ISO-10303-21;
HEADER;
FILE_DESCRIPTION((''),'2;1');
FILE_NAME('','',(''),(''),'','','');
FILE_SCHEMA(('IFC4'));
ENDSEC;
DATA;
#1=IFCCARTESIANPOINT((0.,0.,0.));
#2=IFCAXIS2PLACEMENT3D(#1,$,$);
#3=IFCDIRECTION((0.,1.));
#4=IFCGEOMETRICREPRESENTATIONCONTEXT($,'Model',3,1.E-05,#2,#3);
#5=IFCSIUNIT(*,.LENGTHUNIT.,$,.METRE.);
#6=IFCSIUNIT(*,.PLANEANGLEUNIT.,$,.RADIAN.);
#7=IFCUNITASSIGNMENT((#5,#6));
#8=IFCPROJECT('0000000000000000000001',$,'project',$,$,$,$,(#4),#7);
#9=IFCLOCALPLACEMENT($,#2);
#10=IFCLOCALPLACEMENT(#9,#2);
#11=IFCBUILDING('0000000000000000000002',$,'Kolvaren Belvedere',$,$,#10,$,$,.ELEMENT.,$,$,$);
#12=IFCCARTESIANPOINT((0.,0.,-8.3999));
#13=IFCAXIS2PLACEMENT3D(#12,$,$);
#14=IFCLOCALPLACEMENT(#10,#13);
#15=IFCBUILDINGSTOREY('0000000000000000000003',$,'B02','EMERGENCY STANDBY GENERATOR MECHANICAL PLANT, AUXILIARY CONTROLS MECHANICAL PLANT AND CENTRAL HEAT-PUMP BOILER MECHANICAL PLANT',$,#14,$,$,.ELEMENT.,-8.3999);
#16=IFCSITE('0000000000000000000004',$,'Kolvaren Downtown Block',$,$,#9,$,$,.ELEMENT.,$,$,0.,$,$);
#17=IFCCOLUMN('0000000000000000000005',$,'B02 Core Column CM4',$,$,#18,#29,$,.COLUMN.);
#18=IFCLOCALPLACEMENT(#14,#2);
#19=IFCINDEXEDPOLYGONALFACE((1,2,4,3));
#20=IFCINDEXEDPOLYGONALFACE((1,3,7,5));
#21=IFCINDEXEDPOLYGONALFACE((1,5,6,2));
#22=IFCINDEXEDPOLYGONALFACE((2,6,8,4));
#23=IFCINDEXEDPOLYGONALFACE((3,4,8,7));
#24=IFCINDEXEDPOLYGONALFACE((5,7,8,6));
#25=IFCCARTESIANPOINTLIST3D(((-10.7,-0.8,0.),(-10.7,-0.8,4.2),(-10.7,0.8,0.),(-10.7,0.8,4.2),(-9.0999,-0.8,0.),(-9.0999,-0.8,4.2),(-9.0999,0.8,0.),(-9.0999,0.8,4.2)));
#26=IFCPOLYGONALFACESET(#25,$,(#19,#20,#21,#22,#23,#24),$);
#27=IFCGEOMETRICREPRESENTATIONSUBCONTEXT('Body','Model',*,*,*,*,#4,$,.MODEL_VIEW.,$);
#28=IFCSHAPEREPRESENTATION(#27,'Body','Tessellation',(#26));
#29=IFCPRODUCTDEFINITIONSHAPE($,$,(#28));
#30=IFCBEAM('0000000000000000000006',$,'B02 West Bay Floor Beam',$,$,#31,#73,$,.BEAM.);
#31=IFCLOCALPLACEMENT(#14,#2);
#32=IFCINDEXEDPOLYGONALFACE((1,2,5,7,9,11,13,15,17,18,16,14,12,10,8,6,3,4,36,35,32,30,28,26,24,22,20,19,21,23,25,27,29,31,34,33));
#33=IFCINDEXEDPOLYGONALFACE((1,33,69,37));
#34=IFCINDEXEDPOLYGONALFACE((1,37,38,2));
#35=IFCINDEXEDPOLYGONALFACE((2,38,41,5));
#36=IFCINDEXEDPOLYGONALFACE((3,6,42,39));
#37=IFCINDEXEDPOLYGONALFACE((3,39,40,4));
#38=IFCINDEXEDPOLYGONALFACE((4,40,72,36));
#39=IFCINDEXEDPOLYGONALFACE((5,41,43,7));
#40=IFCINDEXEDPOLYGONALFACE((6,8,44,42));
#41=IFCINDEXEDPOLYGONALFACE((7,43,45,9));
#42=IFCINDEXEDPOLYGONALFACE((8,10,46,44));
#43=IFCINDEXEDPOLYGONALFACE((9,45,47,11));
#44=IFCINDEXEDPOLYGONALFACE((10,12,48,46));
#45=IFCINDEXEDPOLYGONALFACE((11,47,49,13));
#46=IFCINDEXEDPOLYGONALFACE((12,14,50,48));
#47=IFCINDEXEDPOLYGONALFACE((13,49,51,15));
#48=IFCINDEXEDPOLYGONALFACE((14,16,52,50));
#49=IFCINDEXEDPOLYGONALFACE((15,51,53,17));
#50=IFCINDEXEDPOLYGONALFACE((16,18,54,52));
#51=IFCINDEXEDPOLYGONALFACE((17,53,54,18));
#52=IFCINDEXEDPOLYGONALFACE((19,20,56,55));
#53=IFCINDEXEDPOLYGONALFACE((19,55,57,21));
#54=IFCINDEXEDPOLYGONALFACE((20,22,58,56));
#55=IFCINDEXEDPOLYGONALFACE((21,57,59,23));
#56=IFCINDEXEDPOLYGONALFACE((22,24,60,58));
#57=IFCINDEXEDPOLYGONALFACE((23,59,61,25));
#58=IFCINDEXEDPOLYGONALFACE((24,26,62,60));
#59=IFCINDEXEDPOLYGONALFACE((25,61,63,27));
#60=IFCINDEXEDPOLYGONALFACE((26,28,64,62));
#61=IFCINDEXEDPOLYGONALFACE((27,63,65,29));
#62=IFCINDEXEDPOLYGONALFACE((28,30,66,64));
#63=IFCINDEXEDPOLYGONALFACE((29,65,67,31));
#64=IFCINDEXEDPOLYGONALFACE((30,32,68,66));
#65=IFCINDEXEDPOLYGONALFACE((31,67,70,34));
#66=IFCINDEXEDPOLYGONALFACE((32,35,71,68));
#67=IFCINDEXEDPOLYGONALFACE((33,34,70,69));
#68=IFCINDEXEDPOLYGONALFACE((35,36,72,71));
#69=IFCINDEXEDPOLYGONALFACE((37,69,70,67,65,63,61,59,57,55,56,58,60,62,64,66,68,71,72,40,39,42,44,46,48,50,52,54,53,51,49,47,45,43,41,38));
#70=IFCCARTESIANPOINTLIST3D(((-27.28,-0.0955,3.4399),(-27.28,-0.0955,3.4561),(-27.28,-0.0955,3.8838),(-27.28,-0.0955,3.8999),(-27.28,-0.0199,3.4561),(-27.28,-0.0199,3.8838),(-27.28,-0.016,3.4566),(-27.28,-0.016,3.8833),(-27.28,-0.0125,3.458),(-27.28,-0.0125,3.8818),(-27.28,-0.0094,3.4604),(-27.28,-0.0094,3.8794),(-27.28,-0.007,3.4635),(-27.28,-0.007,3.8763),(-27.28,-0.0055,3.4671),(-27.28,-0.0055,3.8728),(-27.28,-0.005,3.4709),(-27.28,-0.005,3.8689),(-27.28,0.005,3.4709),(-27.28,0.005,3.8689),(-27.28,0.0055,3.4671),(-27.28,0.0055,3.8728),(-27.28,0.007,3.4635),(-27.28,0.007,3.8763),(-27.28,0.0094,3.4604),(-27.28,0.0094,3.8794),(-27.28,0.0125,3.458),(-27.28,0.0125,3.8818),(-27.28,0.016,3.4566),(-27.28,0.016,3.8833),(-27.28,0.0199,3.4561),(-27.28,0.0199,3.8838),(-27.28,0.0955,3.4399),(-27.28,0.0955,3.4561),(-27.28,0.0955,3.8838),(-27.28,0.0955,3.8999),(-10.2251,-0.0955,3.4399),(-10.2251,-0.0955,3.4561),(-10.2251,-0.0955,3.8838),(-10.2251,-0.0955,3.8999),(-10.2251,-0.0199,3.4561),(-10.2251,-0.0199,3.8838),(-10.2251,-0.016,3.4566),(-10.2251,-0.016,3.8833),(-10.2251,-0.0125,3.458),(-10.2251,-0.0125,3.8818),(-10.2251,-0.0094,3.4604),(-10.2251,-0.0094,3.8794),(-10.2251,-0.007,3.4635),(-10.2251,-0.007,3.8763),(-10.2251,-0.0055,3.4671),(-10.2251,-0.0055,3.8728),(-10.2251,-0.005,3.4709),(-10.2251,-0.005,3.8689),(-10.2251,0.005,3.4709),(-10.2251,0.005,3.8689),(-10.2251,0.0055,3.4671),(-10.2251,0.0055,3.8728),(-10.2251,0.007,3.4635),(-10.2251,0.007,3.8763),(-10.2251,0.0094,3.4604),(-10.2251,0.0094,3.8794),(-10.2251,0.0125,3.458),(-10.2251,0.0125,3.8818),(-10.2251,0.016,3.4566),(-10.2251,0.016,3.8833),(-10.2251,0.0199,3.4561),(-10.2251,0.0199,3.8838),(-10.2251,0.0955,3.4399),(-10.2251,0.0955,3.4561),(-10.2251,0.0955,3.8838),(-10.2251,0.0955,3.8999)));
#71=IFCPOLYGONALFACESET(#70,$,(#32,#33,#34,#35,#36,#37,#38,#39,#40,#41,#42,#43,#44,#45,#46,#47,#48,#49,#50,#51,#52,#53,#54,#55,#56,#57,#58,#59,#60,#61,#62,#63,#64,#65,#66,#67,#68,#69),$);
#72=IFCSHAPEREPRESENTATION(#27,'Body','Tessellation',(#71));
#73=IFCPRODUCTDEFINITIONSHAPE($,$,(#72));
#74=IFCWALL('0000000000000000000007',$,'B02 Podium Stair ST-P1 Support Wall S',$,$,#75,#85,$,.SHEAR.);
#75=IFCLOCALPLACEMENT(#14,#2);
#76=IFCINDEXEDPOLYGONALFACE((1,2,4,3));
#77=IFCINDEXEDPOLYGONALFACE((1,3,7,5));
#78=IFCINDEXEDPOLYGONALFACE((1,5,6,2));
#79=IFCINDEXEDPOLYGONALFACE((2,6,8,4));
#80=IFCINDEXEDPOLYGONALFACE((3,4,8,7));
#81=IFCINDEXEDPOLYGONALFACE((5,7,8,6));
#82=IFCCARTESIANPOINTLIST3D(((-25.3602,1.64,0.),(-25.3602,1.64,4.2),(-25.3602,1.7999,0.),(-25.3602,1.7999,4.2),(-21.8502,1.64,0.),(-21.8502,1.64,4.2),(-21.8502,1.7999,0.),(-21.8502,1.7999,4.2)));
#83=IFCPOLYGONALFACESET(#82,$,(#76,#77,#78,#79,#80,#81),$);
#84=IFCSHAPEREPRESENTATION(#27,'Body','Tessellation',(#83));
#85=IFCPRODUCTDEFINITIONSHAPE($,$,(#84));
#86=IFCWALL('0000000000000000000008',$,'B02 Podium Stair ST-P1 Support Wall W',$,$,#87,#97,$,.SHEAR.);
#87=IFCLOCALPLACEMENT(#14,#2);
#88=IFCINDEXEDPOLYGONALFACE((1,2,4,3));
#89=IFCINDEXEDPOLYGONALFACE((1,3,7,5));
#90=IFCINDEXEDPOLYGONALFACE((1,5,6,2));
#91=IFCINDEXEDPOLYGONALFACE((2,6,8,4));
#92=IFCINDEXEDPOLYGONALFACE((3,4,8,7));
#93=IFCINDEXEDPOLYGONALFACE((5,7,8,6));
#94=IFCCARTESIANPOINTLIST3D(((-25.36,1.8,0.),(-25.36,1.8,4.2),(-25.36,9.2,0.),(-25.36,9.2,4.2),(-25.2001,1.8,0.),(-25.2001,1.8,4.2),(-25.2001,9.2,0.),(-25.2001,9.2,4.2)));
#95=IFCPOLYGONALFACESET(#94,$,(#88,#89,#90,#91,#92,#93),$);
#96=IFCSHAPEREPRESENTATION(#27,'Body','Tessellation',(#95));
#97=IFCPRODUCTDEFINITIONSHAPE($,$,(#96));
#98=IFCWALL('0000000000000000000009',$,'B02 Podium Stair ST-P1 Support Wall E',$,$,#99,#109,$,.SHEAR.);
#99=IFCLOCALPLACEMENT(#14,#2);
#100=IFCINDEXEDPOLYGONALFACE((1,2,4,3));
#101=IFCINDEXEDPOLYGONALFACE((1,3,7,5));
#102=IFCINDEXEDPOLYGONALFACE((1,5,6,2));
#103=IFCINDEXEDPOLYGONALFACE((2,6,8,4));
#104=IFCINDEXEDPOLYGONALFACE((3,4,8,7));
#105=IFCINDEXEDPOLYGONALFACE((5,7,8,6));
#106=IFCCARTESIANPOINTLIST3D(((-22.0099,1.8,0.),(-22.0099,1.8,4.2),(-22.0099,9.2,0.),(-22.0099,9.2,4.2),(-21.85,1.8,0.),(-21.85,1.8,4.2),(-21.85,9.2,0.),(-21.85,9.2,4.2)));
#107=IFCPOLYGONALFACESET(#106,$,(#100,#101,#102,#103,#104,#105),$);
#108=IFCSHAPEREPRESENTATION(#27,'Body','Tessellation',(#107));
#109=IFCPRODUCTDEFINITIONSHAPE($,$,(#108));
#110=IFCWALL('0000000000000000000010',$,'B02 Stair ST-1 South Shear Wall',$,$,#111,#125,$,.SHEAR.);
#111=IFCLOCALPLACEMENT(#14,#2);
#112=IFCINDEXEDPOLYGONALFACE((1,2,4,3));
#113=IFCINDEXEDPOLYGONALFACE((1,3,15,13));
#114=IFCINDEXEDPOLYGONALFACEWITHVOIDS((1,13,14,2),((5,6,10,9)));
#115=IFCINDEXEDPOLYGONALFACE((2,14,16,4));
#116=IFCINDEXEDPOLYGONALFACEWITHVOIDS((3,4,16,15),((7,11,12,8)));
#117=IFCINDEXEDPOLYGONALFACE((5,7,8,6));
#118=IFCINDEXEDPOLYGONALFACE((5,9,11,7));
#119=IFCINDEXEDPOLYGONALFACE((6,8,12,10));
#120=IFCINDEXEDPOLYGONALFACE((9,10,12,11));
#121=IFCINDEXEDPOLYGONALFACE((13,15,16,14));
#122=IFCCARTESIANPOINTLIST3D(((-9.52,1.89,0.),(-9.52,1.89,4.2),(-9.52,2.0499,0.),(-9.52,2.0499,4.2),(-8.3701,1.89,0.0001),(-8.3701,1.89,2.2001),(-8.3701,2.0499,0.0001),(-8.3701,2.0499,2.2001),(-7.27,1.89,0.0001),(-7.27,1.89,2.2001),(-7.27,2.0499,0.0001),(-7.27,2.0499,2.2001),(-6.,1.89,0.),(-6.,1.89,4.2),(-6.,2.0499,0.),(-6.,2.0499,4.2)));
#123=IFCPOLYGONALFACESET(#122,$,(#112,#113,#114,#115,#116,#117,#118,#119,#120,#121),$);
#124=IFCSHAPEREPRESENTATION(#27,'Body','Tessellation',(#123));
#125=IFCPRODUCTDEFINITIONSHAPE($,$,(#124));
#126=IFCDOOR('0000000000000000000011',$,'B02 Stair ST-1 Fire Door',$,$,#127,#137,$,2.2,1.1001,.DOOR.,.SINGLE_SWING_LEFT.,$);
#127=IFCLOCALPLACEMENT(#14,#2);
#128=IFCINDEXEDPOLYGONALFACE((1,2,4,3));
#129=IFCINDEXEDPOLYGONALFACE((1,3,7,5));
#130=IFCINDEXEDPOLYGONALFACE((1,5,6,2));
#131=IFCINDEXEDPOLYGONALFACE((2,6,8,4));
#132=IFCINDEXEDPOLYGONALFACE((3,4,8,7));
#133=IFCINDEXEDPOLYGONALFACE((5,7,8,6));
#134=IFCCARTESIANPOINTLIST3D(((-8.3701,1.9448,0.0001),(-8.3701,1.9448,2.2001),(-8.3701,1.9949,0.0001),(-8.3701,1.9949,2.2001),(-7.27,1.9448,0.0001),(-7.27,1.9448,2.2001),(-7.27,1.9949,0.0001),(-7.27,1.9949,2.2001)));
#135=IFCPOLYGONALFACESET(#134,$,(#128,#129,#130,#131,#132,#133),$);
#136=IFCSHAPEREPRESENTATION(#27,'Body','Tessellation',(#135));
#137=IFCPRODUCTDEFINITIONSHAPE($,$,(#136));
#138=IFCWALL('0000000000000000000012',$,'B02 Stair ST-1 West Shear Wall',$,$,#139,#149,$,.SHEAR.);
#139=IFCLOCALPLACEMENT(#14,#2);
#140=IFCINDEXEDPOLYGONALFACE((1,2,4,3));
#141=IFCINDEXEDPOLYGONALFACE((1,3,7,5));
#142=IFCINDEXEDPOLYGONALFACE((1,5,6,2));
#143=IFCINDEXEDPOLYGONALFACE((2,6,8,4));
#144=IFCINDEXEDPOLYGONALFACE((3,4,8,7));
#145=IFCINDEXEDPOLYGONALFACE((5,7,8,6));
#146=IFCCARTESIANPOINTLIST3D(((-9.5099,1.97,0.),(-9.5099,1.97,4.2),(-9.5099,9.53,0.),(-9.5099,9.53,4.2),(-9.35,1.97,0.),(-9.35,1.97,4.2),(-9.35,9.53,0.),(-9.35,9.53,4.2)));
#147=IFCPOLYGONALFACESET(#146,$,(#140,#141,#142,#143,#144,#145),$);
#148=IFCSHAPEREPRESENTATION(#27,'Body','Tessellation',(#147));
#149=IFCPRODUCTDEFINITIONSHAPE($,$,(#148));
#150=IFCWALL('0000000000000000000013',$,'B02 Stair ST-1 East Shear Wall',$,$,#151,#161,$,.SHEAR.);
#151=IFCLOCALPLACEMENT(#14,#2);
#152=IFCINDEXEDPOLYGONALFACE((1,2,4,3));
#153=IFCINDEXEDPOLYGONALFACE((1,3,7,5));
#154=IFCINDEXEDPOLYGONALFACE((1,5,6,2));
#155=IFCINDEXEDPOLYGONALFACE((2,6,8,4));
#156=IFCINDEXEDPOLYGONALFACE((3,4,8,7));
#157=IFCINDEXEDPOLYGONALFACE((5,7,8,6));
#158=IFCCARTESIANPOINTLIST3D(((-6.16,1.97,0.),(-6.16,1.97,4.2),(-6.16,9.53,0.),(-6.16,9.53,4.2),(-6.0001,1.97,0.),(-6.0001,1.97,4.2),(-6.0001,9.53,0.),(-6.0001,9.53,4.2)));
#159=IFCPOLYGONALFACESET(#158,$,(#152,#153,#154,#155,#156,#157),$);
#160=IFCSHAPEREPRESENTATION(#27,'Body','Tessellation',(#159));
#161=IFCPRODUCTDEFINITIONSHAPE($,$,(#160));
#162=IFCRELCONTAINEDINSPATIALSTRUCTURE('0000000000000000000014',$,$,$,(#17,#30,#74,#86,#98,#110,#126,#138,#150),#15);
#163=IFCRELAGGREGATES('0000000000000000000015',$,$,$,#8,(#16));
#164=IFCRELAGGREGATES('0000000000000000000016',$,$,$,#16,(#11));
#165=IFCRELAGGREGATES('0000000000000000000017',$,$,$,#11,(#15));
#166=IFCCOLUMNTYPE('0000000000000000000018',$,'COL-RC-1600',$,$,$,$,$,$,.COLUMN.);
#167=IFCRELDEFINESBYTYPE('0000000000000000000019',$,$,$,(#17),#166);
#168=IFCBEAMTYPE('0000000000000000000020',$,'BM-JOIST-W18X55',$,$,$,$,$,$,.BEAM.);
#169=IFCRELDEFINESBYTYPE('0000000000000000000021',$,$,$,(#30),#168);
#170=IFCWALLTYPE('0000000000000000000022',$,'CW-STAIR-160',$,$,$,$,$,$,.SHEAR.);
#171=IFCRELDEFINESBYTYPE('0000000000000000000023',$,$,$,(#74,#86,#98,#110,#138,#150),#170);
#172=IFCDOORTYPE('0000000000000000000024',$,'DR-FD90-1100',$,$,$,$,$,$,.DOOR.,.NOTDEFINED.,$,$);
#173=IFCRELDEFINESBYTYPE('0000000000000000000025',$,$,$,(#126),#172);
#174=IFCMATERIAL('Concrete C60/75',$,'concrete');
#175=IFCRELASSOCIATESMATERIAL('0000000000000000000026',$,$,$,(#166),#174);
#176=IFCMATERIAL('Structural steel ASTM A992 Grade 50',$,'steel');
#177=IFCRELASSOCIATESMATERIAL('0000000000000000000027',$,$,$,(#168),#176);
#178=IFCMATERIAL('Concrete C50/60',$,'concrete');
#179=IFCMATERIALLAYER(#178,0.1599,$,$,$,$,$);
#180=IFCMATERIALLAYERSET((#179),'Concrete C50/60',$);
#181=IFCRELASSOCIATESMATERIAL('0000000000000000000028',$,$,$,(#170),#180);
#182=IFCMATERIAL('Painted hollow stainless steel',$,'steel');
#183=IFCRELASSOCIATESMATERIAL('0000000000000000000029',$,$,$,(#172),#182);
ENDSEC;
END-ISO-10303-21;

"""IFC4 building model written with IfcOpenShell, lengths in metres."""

from ifc_helpers import new_model, si_unit, direction, frame, frame_2d, origin, origin_2d, place, context, subcontext, project, spatial, rectangle, i_section, extrude, material, layer, layer_set, material_profile, profile_set, type_object, element, fill, save


model = new_model("IFC4")

# Units and contexts
model_context = context("Model", 3, precision=1e-05, world=origin(), true_north=direction((0.0, 1.0)))
body_context = subcontext(model_context, "Body", "Model", "MODEL_VIEW")
ifc_project = project(units=[si_unit("LENGTHUNIT", "METRE"), si_unit("PLANEANGLEUNIT", "RADIAN")], contexts=[model_context])

# Site, building, storey
site_placement = place(None, origin())
site = spatial("IfcSite", under=ifc_project, at=site_placement, Name="Kolvaren Downtown Block", CompositionType="ELEMENT", RefElevation=0.0)
building_placement = place(site_placement, origin())
building = spatial("IfcBuilding", under=site, at=building_placement, Name="Kolvaren Belvedere", CompositionType="ELEMENT")
storey_placement = place(building_placement, frame((0.0, 0.0, -8.3999)))
storey = spatial("IfcBuildingStorey", under=building, at=storey_placement, Name="B02", Description="EMERGENCY STANDBY GENERATOR MECHANICAL PLANT, AUXILIARY CONTROLS MECHANICAL PLANT AND CENTRAL HEAT-PUMP BOILER MECHANICAL PLANT", CompositionType="ELEMENT", Elevation=-8.3999)

# Column
ifc_material_1 = material(Name="Concrete C60/75", Category="concrete")
ifc_material_profile_1 = material_profile(ifc_material_1, rectangle(XDim=1.6001, YDim=1.6001, at=origin_2d()), Name="RC 1600X1600")
ifc_profile_set_1 = profile_set([ifc_material_profile_1], Name="Concrete C60/75")
column_type = type_object("IfcColumnType", Name="COL-RC-1600", PredefinedType="COLUMN", material=ifc_profile_set_1)
column_placement = place(storey_placement, frame((-9.8999, 0.0, 0.0), z_axis=(0.0, 0.0, 1.0), x_axis=(1.0, 0.0, 0.0)))
element("IfcColumn", 1, at=column_placement, inside=storey, type_object=column_type, Name="B02 Core Column CM4", PredefinedType="COLUMN", context=body_context, shape_type="SweptSolid", body=[
    extrude(rectangle(XDim=1.6001, YDim=1.6001, at=origin_2d()), origin(), (0.0, 0.0, 1.0), 4.2),
])

# Beam
ifc_material_2 = material(Name="Structural steel ASTM A992 Grade 50", Category="steel")
ifc_material_profile_2 = material_profile(ifc_material_2, i_section(OverallWidth=0.1909, OverallDepth=0.46, WebThickness=0.01, FlangeThickness=0.0161, FilletRadius=0.0149, at=origin_2d()), Name="W18X55")
ifc_profile_set_2 = profile_set([ifc_material_profile_2], Name="Structural steel ASTM A992 Grade 50")
beam_type = type_object("IfcBeamType", Name="BM-JOIST-W18X55", PredefinedType="BEAM", material=ifc_profile_set_2)
beam_placement = place(storey_placement, frame((-27.28, 0.0, 3.6699), z_axis=(1.0, 0.0, 0.0), x_axis=(0.0, 1.0, 0.0)))
element("IfcBeam", 2, at=beam_placement, inside=storey, type_object=beam_type, Name="B02 West Bay Floor Beam", PredefinedType="BEAM", context=body_context, shape_type="SweptSolid", body=[
    extrude(i_section(OverallWidth=0.1909, OverallDepth=0.46, WebThickness=0.01, FlangeThickness=0.0161, FilletRadius=0.0149, at=origin_2d()), origin(), (0.0, 0.0, 1.0), 17.0549),
])

# Walls
ifc_material_3 = material(Name="Concrete C50/60", Category="concrete")
ifc_layer_1 = layer(ifc_material_3, 0.1599)
ifc_layer_set_1 = layer_set([ifc_layer_1], Name="Concrete C50/60")
wall_type_1 = type_object("IfcWallType", Name="CW-STAIR-160", PredefinedType="SHEAR", material=ifc_layer_set_1)
wall_1_placement = place(storey_placement, frame((-25.3601, 1.72, 0.0), z_axis=(0.0, 0.0, 1.0), x_axis=(1.0, 0.0, 0.0)))
element("IfcWall", 3, at=wall_1_placement, inside=storey, type_object=wall_type_1, Name="B02 Podium Stair ST-P1 Support Wall S", PredefinedType="SHEAR", context=body_context, shape_type="SweptSolid", body=[
    extrude(rectangle(XDim=3.51, YDim=0.1599, at=frame_2d((1.7549, 0.0))), origin(), (0.0, 0.0, 1.0), 4.2),
])
for number, where, z_axis, x_axis, name in (
    (4, (-25.28, 1.8, 0.0), (0.0, 0.0, 1.0), (0.0, 1.0, 0.0), "B02 Podium Stair ST-P1 Support Wall W"),
    (5, (-21.9299, 1.8, 0.0), (0.0, 0.0, 1.0), (0.0, 1.0, 0.0), "B02 Podium Stair ST-P1 Support Wall E"),
):
    element("IfcWall", number, at=place(storey_placement, frame(where, z_axis=z_axis, x_axis=x_axis)), inside=storey, type_object=wall_type_1, Name=name, PredefinedType="SHEAR", context=body_context, shape_type="SweptSolid", body=[
        extrude(rectangle(XDim=7.3999, YDim=0.1599, at=frame_2d((3.7, 0.0))), origin(), (0.0, 0.0, 1.0), 4.2),
    ])

# Wall, opening, door
wall_2_placement = place(storey_placement, frame((-9.52, 1.97, 0.0), z_axis=(0.0, 0.0, 1.0), x_axis=(1.0, 0.0, 0.0)))
wall_2 = element("IfcWall", 6, at=wall_2_placement, inside=storey, type_object=wall_type_1, Name="B02 Stair ST-1 South Shear Wall", PredefinedType="SHEAR", context=body_context, shape_type="SweptSolid", body=[
    extrude(rectangle(XDim=3.52, YDim=0.1599, at=frame_2d((1.76, 0.0))), origin(), (0.0, 0.0, 1.0), 4.2),
])
opening_1_placement = place(wall_2_placement, frame((1.1499, 0.0, 0.0)))
opening_1 = element("IfcOpeningElement", 7, at=opening_1_placement, cuts=wall_2, PredefinedType="OPENING", context=body_context, shape_type="SweptSolid", body=[
    extrude(rectangle(XDim=1.1001, YDim=2.2, at=frame_2d((0.55, 1.1001))), frame((0.0, 0.0898, 0.0), z_axis=(0.0, -1.0, 0.0), x_axis=(1.0, 0.0, 0.0)), (0.0, 0.0, 1.0), 0.1799),
])
ifc_material_4 = material(Name="Painted hollow stainless steel", Category="steel")
door_type_1 = type_object("IfcDoorType", Name="DR-FD90-1100", OperationType="NOTDEFINED", PredefinedType="DOOR", material=ifc_material_4)
door_1_placement = place(opening_1_placement, origin())
door_1 = element("IfcDoor", 8, at=door_1_placement, inside=storey, type_object=door_type_1, Name="B02 Stair ST-1 Fire Door", OperationType="SINGLE_SWING_LEFT", OverallHeight=2.2, OverallWidth=1.1001, PredefinedType="DOOR", context=body_context, shape_type="SweptSolid", body=[
    extrude(rectangle(XDim=1.1001, YDim=2.2, at=frame_2d((0.55, 1.1001))), frame((0.0, 0.0249, 0.0), z_axis=(0.0, -1.0, 0.0), x_axis=(1.0, 0.0, 0.0)), (0.0, 0.0, 1.0), 0.05),
])
fill(opening_1, door_1)

# Walls
for number, where, z_axis, x_axis, name in (
    (9, (-9.4299, 1.97, 0.0), (0.0, 0.0, 1.0), (0.0, 1.0, 0.0), "B02 Stair ST-1 West Shear Wall"),
    (10, (-6.0801, 1.97, 0.0), (0.0, 0.0, 1.0), (0.0, 1.0, 0.0), "B02 Stair ST-1 East Shear Wall"),
):
    element("IfcWall", number, at=place(storey_placement, frame(where, z_axis=z_axis, x_axis=x_axis)), inside=storey, type_object=wall_type_1, Name=name, PredefinedType="SHEAR", context=body_context, shape_type="SweptSolid", body=[
        extrude(rectangle(XDim=7.5601, YDim=0.1599, at=frame_2d((3.78, 0.0))), origin(), (0.0, 0.0, 1.0), 4.2),
    ])

save(model, "model.ifc")
